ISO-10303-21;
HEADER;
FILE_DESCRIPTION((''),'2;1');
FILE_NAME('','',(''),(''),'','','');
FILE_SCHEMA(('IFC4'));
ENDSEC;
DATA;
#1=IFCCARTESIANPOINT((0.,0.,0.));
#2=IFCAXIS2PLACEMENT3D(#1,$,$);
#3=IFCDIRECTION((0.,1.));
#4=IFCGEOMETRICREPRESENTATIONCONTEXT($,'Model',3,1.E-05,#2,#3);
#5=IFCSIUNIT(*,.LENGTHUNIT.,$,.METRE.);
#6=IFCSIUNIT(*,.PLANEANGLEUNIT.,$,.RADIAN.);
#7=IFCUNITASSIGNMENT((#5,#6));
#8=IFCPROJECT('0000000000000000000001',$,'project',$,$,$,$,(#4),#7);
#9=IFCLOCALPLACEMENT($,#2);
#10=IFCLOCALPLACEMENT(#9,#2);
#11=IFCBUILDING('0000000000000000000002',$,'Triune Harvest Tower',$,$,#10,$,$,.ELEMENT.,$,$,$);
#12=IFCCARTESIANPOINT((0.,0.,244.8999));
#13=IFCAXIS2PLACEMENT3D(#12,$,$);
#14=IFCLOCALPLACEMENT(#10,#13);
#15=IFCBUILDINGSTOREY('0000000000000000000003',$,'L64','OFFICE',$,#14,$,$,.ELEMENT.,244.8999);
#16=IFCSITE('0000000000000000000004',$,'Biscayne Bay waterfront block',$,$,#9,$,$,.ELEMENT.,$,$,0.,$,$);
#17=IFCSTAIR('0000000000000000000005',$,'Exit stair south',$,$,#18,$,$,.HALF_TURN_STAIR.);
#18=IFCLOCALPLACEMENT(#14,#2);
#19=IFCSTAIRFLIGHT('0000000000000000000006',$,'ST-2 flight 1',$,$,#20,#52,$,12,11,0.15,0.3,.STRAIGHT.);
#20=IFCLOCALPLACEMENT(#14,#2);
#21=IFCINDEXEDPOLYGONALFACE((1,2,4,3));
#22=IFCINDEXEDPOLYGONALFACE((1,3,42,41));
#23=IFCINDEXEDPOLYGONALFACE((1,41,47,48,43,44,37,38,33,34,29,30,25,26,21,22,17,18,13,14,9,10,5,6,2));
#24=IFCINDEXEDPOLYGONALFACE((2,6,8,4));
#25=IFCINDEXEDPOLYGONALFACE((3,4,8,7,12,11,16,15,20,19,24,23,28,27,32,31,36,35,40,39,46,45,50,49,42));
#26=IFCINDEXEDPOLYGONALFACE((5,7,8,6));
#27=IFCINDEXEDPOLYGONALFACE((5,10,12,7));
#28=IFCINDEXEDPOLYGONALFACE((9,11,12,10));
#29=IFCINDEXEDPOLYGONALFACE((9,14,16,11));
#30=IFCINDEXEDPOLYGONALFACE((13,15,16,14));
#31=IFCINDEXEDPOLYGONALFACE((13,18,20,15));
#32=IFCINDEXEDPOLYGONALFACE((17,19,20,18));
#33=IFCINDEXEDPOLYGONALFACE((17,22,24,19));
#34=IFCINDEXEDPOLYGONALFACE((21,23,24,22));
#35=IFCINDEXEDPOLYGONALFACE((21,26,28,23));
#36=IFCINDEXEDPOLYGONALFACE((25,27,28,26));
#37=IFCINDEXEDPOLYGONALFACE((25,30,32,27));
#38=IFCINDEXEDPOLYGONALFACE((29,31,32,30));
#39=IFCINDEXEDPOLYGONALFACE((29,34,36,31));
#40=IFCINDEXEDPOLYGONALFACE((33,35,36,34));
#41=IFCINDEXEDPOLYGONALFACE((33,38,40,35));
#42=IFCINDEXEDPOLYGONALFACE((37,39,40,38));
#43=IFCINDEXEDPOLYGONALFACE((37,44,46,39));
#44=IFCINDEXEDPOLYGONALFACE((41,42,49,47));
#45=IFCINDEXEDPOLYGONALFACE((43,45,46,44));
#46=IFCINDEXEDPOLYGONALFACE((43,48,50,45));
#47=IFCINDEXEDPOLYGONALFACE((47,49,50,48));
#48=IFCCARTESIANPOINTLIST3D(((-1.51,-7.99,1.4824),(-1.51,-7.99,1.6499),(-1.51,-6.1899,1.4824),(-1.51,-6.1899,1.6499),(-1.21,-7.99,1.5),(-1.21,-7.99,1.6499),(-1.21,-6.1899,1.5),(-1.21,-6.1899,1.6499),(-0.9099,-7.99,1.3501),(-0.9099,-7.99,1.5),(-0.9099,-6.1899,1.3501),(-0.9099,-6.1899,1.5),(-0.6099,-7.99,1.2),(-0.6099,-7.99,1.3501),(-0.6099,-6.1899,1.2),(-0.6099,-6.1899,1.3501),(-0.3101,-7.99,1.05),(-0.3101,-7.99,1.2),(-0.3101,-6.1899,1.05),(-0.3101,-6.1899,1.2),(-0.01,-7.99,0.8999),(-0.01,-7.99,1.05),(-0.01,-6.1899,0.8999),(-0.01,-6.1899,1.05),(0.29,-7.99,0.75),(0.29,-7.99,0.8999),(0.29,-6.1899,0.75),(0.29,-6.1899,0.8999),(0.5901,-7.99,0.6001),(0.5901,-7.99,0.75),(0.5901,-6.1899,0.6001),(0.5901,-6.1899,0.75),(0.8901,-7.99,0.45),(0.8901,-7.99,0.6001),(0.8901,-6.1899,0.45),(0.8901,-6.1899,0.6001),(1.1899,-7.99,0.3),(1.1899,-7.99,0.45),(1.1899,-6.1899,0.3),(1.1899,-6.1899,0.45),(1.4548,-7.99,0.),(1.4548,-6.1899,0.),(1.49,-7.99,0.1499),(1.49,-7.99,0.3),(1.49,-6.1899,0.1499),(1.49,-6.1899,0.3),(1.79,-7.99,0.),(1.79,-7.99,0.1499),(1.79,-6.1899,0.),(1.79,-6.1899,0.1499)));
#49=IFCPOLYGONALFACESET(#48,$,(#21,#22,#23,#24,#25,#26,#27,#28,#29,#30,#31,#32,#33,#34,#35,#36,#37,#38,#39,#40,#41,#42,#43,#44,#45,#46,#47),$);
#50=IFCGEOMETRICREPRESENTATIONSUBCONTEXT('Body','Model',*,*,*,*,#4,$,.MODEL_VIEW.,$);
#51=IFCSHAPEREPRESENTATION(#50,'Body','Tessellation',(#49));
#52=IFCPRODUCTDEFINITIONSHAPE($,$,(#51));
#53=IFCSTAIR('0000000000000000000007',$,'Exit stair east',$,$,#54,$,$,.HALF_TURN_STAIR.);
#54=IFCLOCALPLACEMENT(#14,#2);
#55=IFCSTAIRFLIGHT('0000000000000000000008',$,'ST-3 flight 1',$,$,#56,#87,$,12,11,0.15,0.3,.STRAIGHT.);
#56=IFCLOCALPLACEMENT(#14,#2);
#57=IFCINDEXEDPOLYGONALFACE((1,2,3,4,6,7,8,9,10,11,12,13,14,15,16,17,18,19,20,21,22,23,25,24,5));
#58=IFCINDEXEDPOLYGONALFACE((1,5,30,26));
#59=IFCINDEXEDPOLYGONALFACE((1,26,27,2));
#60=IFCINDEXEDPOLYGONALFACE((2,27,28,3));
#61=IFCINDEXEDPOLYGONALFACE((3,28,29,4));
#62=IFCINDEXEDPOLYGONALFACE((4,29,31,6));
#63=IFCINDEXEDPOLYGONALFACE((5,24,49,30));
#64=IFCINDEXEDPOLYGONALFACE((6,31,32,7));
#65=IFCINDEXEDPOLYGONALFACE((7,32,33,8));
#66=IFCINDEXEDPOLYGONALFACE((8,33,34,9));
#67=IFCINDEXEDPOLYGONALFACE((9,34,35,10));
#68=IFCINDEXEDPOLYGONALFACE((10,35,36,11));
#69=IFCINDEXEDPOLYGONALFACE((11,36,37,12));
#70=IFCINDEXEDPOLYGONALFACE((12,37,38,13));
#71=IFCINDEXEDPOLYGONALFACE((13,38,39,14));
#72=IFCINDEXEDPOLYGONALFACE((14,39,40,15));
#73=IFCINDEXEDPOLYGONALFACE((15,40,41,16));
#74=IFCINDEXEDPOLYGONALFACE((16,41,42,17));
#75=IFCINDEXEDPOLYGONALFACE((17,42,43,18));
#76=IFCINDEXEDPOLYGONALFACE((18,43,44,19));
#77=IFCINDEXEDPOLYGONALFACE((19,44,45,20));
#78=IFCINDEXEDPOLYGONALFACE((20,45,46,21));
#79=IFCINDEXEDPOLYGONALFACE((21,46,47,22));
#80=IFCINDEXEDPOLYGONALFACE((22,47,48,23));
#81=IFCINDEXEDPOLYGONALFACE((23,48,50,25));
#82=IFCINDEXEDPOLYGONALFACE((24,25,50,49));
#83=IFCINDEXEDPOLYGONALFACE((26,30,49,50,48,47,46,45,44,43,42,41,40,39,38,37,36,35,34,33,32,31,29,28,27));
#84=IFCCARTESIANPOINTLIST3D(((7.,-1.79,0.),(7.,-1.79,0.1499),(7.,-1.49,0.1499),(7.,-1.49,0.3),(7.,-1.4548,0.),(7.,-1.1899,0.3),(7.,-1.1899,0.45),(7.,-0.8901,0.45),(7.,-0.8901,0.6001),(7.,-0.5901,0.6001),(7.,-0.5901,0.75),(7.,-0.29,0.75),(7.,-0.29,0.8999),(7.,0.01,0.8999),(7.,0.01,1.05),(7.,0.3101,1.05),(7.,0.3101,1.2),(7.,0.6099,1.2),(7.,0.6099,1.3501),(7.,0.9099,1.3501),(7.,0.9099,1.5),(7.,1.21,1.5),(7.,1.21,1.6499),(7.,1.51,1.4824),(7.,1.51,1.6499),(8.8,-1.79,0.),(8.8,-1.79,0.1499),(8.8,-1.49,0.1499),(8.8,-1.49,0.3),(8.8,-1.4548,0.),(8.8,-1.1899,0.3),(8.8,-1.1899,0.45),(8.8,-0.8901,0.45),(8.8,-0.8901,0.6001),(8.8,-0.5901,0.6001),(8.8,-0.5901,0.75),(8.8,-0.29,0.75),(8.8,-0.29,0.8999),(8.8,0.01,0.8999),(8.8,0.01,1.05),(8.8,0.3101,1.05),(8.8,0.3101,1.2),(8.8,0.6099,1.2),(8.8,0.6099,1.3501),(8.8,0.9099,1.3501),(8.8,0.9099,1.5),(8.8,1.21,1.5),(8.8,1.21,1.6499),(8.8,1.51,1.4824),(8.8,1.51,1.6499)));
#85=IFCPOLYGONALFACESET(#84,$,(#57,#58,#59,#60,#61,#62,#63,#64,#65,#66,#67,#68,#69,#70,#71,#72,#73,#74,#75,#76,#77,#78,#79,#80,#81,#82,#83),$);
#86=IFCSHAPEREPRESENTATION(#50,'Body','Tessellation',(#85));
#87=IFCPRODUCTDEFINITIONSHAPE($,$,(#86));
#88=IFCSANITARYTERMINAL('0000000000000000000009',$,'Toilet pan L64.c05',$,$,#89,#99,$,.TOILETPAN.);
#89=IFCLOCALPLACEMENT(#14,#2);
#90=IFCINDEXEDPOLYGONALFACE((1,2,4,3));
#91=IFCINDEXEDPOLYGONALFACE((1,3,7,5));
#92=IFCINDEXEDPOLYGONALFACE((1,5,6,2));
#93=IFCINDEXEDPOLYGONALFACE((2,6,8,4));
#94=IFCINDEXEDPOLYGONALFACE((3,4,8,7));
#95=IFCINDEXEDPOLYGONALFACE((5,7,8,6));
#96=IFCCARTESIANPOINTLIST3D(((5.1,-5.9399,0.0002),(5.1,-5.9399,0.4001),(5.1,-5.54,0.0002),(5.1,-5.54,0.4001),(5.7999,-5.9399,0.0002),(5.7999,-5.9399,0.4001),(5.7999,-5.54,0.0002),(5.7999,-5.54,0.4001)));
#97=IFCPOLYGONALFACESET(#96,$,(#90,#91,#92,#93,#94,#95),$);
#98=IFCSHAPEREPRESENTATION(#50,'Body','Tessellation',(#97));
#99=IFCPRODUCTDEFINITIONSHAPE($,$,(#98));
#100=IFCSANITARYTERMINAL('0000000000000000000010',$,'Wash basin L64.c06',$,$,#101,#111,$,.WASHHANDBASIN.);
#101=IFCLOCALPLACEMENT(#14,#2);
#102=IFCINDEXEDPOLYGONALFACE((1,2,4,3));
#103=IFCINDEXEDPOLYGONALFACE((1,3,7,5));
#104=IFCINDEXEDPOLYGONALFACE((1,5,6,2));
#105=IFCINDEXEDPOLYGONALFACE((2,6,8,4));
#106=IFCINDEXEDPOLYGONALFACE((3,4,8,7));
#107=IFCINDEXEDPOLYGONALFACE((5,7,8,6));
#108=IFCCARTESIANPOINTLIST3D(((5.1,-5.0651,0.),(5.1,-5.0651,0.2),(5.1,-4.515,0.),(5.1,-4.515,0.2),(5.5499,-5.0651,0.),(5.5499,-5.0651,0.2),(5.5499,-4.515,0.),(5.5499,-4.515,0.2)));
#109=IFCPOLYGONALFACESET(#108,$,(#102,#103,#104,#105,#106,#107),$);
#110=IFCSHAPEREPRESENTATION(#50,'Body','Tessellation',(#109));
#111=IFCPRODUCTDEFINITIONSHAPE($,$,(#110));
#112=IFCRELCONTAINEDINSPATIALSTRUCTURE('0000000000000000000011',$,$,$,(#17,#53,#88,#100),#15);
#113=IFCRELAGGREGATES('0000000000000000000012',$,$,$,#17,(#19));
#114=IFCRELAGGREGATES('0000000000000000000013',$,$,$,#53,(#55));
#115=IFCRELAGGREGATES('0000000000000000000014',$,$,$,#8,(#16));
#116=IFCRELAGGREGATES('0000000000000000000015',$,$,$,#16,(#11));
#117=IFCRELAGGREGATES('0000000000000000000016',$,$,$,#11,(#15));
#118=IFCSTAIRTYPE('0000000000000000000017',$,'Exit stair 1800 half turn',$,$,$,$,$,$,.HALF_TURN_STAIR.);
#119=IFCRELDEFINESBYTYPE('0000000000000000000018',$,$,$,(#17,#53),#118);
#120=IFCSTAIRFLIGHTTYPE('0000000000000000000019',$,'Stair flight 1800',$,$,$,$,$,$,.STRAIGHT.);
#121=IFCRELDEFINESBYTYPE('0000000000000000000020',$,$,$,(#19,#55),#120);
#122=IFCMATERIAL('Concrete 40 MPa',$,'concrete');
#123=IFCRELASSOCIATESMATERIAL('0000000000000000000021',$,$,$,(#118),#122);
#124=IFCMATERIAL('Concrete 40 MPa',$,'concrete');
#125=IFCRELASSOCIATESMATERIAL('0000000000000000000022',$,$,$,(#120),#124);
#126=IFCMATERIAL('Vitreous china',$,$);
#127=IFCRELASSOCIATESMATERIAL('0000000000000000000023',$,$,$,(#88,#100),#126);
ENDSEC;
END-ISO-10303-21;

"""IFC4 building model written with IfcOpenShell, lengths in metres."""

from ifc_helpers import new_model, si_unit, direction, frame, origin, origin_2d, place, context, subcontext, project, spatial, polyline, rectangle, outline, extrude, source, transform, mapped, material, type_object, element, aggregate, save


model = new_model("IFC4")

# Units and contexts
model_context = context("Model", 3, precision=1e-05, world=origin(), true_north=direction((0.0, 1.0)))
body_context = subcontext(model_context, "Body", "Model", "MODEL_VIEW")
ifc_project = project(units=[si_unit("LENGTHUNIT", "METRE"), si_unit("PLANEANGLEUNIT", "RADIAN")], contexts=[model_context])

# Site, building, storey
site_placement = place(None, origin())
site = spatial("IfcSite", under=ifc_project, at=site_placement, Name="Biscayne Bay waterfront block", CompositionType="ELEMENT", RefElevation=0.0)
building_placement = place(site_placement, origin())
building = spatial("IfcBuilding", under=site, at=building_placement, Name="Triune Harvest Tower", CompositionType="ELEMENT")
storey_placement = place(building_placement, frame((0.0, 0.0, 244.8999)))
storey = spatial("IfcBuildingStorey", under=building, at=storey_placement, Name="L64", Description="OFFICE", CompositionType="ELEMENT", Elevation=244.8999)

# Stair
ifc_material_1 = material(Name="Concrete 40 MPa", Category="concrete")
stair_type = type_object("IfcStairType", Name="Exit stair 1800 half turn", PredefinedType="HALF_TURN_STAIR", material=ifc_material_1)
stair_1_placement = place(storey_placement, origin())
stair_1 = element("IfcStair", 1, at=stair_1_placement, inside=storey, type_object=stair_type, Name="Exit stair south", PredefinedType="HALF_TURN_STAIR")

# Stair flight
ifc_material_2 = material(Name="Concrete 40 MPa", Category="concrete")
stair_flight_type = type_object("IfcStairFlightType", Name="Stair flight 1800", PredefinedType="STRAIGHT", material=ifc_material_2)
shared_shape_1 = source(origin(), body_context, "Body", "SweptSolid", [
    extrude(outline(polyline([(0.0, 0.0), (0.0, 0.1499), (0.3, 0.1499), (0.3, 0.3), (0.6001, 0.3), (0.6001, 0.45), (0.8999, 0.45), (0.8999, 0.6001), (1.2, 0.6001), (1.2, 0.75), (1.5, 0.75), (1.5, 0.8999), (1.8, 0.8999), (1.8, 1.05), (2.1001, 1.05), (2.1001, 1.2), (2.3999, 1.2), (2.3999, 1.3501), (2.7, 1.3501), (2.7, 1.5), (3.0, 1.5), (3.0, 1.6499), (3.3, 1.6499), (3.3, 1.8), (3.3, 1.4824), (0.3352, 0.0), (0.0, 0.0)])), frame((0.0, 0.8999, 0.0), z_axis=(0.0, -1.0, 0.0), x_axis=(1.0, 0.0, 0.0)), (0.0, 0.0, 1.0), 1.8),
])
stair_flight_1_placement = place(storey_placement, frame((1.79, -7.0901, 0.0), z_axis=(0.0, 0.0, 1.0), x_axis=(-1.0, 0.0, 0.0)))
stair_flight_1 = element("IfcStairFlight", 2, at=stair_flight_1_placement, type_object=stair_flight_type, Name="ST-2 flight 1", NumberOfRisers=12, NumberOfTreads=11, PredefinedType="STRAIGHT", RiserHeight=0.15, TreadLength=0.3, context=body_context, shape_type="MappedRepresentation", body=[
    mapped(shared_shape_1, transform((0.0, 0.0, 0.0), scale=1.0)),
])
aggregate(stair_1, [stair_flight_1])

# Stair, stair flight
stair_2_placement = place(storey_placement, origin())
stair_2 = element("IfcStair", 3, at=stair_2_placement, inside=storey, type_object=stair_type, Name="Exit stair east", PredefinedType="HALF_TURN_STAIR")
stair_flight_2_placement = place(storey_placement, frame((7.8999, -1.79, 0.0), z_axis=(0.0, 0.0, 1.0), x_axis=(0.0, 1.0, 0.0)))
stair_flight_2 = element("IfcStairFlight", 4, at=stair_flight_2_placement, type_object=stair_flight_type, Name="ST-3 flight 1", NumberOfRisers=12, NumberOfTreads=11, PredefinedType="STRAIGHT", RiserHeight=0.15, TreadLength=0.3, context=body_context, shape_type="MappedRepresentation", body=[
    mapped(shared_shape_1, transform((0.0, 0.0, 0.0), scale=1.0)),
])
aggregate(stair_2, [stair_flight_2])

# Sanitary terminals
ifc_material_3 = material(Name="Vitreous china")
shared_shape_2 = source(origin(), body_context, "Body", "SweptSolid", [
    extrude(rectangle(XDim=0.3999, YDim=0.7, at=origin_2d()), origin(), (0.0, 0.0, 1.0), 0.3999),
])
sanitary_terminal_1_placement = place(storey_placement, frame((5.45, -5.74, 0.0002), z_axis=(0.0, 0.0, 1.0), x_axis=(0.0, 1.0, 0.0)))
element("IfcSanitaryTerminal", 5, at=sanitary_terminal_1_placement, inside=storey, material=ifc_material_3, Name="Toilet pan L64.c05", PredefinedType="TOILETPAN", context=body_context, shape_type="MappedRepresentation", body=[
    mapped(shared_shape_2, transform((0.0, 0.0, 0.0), scale=1.0)),
])
shared_shape_3 = source(origin(), body_context, "Body", "SweptSolid", [
    extrude(rectangle(XDim=0.55, YDim=0.45, at=origin_2d()), origin(), (0.0, 0.0, 1.0), 0.2),
])
sanitary_terminal_2_placement = place(storey_placement, frame((5.325, -4.79, 0.0), z_axis=(0.0, 0.0, 1.0), x_axis=(0.0, 1.0, 0.0)))
element("IfcSanitaryTerminal", 6, at=sanitary_terminal_2_placement, inside=storey, material=ifc_material_3, Name="Wash basin L64.c06", PredefinedType="WASHHANDBASIN", context=body_context, shape_type="MappedRepresentation", body=[
    mapped(shared_shape_3, transform((0.0, 0.0, 0.0), scale=1.0)),
])

save(model, "model.ifc")
